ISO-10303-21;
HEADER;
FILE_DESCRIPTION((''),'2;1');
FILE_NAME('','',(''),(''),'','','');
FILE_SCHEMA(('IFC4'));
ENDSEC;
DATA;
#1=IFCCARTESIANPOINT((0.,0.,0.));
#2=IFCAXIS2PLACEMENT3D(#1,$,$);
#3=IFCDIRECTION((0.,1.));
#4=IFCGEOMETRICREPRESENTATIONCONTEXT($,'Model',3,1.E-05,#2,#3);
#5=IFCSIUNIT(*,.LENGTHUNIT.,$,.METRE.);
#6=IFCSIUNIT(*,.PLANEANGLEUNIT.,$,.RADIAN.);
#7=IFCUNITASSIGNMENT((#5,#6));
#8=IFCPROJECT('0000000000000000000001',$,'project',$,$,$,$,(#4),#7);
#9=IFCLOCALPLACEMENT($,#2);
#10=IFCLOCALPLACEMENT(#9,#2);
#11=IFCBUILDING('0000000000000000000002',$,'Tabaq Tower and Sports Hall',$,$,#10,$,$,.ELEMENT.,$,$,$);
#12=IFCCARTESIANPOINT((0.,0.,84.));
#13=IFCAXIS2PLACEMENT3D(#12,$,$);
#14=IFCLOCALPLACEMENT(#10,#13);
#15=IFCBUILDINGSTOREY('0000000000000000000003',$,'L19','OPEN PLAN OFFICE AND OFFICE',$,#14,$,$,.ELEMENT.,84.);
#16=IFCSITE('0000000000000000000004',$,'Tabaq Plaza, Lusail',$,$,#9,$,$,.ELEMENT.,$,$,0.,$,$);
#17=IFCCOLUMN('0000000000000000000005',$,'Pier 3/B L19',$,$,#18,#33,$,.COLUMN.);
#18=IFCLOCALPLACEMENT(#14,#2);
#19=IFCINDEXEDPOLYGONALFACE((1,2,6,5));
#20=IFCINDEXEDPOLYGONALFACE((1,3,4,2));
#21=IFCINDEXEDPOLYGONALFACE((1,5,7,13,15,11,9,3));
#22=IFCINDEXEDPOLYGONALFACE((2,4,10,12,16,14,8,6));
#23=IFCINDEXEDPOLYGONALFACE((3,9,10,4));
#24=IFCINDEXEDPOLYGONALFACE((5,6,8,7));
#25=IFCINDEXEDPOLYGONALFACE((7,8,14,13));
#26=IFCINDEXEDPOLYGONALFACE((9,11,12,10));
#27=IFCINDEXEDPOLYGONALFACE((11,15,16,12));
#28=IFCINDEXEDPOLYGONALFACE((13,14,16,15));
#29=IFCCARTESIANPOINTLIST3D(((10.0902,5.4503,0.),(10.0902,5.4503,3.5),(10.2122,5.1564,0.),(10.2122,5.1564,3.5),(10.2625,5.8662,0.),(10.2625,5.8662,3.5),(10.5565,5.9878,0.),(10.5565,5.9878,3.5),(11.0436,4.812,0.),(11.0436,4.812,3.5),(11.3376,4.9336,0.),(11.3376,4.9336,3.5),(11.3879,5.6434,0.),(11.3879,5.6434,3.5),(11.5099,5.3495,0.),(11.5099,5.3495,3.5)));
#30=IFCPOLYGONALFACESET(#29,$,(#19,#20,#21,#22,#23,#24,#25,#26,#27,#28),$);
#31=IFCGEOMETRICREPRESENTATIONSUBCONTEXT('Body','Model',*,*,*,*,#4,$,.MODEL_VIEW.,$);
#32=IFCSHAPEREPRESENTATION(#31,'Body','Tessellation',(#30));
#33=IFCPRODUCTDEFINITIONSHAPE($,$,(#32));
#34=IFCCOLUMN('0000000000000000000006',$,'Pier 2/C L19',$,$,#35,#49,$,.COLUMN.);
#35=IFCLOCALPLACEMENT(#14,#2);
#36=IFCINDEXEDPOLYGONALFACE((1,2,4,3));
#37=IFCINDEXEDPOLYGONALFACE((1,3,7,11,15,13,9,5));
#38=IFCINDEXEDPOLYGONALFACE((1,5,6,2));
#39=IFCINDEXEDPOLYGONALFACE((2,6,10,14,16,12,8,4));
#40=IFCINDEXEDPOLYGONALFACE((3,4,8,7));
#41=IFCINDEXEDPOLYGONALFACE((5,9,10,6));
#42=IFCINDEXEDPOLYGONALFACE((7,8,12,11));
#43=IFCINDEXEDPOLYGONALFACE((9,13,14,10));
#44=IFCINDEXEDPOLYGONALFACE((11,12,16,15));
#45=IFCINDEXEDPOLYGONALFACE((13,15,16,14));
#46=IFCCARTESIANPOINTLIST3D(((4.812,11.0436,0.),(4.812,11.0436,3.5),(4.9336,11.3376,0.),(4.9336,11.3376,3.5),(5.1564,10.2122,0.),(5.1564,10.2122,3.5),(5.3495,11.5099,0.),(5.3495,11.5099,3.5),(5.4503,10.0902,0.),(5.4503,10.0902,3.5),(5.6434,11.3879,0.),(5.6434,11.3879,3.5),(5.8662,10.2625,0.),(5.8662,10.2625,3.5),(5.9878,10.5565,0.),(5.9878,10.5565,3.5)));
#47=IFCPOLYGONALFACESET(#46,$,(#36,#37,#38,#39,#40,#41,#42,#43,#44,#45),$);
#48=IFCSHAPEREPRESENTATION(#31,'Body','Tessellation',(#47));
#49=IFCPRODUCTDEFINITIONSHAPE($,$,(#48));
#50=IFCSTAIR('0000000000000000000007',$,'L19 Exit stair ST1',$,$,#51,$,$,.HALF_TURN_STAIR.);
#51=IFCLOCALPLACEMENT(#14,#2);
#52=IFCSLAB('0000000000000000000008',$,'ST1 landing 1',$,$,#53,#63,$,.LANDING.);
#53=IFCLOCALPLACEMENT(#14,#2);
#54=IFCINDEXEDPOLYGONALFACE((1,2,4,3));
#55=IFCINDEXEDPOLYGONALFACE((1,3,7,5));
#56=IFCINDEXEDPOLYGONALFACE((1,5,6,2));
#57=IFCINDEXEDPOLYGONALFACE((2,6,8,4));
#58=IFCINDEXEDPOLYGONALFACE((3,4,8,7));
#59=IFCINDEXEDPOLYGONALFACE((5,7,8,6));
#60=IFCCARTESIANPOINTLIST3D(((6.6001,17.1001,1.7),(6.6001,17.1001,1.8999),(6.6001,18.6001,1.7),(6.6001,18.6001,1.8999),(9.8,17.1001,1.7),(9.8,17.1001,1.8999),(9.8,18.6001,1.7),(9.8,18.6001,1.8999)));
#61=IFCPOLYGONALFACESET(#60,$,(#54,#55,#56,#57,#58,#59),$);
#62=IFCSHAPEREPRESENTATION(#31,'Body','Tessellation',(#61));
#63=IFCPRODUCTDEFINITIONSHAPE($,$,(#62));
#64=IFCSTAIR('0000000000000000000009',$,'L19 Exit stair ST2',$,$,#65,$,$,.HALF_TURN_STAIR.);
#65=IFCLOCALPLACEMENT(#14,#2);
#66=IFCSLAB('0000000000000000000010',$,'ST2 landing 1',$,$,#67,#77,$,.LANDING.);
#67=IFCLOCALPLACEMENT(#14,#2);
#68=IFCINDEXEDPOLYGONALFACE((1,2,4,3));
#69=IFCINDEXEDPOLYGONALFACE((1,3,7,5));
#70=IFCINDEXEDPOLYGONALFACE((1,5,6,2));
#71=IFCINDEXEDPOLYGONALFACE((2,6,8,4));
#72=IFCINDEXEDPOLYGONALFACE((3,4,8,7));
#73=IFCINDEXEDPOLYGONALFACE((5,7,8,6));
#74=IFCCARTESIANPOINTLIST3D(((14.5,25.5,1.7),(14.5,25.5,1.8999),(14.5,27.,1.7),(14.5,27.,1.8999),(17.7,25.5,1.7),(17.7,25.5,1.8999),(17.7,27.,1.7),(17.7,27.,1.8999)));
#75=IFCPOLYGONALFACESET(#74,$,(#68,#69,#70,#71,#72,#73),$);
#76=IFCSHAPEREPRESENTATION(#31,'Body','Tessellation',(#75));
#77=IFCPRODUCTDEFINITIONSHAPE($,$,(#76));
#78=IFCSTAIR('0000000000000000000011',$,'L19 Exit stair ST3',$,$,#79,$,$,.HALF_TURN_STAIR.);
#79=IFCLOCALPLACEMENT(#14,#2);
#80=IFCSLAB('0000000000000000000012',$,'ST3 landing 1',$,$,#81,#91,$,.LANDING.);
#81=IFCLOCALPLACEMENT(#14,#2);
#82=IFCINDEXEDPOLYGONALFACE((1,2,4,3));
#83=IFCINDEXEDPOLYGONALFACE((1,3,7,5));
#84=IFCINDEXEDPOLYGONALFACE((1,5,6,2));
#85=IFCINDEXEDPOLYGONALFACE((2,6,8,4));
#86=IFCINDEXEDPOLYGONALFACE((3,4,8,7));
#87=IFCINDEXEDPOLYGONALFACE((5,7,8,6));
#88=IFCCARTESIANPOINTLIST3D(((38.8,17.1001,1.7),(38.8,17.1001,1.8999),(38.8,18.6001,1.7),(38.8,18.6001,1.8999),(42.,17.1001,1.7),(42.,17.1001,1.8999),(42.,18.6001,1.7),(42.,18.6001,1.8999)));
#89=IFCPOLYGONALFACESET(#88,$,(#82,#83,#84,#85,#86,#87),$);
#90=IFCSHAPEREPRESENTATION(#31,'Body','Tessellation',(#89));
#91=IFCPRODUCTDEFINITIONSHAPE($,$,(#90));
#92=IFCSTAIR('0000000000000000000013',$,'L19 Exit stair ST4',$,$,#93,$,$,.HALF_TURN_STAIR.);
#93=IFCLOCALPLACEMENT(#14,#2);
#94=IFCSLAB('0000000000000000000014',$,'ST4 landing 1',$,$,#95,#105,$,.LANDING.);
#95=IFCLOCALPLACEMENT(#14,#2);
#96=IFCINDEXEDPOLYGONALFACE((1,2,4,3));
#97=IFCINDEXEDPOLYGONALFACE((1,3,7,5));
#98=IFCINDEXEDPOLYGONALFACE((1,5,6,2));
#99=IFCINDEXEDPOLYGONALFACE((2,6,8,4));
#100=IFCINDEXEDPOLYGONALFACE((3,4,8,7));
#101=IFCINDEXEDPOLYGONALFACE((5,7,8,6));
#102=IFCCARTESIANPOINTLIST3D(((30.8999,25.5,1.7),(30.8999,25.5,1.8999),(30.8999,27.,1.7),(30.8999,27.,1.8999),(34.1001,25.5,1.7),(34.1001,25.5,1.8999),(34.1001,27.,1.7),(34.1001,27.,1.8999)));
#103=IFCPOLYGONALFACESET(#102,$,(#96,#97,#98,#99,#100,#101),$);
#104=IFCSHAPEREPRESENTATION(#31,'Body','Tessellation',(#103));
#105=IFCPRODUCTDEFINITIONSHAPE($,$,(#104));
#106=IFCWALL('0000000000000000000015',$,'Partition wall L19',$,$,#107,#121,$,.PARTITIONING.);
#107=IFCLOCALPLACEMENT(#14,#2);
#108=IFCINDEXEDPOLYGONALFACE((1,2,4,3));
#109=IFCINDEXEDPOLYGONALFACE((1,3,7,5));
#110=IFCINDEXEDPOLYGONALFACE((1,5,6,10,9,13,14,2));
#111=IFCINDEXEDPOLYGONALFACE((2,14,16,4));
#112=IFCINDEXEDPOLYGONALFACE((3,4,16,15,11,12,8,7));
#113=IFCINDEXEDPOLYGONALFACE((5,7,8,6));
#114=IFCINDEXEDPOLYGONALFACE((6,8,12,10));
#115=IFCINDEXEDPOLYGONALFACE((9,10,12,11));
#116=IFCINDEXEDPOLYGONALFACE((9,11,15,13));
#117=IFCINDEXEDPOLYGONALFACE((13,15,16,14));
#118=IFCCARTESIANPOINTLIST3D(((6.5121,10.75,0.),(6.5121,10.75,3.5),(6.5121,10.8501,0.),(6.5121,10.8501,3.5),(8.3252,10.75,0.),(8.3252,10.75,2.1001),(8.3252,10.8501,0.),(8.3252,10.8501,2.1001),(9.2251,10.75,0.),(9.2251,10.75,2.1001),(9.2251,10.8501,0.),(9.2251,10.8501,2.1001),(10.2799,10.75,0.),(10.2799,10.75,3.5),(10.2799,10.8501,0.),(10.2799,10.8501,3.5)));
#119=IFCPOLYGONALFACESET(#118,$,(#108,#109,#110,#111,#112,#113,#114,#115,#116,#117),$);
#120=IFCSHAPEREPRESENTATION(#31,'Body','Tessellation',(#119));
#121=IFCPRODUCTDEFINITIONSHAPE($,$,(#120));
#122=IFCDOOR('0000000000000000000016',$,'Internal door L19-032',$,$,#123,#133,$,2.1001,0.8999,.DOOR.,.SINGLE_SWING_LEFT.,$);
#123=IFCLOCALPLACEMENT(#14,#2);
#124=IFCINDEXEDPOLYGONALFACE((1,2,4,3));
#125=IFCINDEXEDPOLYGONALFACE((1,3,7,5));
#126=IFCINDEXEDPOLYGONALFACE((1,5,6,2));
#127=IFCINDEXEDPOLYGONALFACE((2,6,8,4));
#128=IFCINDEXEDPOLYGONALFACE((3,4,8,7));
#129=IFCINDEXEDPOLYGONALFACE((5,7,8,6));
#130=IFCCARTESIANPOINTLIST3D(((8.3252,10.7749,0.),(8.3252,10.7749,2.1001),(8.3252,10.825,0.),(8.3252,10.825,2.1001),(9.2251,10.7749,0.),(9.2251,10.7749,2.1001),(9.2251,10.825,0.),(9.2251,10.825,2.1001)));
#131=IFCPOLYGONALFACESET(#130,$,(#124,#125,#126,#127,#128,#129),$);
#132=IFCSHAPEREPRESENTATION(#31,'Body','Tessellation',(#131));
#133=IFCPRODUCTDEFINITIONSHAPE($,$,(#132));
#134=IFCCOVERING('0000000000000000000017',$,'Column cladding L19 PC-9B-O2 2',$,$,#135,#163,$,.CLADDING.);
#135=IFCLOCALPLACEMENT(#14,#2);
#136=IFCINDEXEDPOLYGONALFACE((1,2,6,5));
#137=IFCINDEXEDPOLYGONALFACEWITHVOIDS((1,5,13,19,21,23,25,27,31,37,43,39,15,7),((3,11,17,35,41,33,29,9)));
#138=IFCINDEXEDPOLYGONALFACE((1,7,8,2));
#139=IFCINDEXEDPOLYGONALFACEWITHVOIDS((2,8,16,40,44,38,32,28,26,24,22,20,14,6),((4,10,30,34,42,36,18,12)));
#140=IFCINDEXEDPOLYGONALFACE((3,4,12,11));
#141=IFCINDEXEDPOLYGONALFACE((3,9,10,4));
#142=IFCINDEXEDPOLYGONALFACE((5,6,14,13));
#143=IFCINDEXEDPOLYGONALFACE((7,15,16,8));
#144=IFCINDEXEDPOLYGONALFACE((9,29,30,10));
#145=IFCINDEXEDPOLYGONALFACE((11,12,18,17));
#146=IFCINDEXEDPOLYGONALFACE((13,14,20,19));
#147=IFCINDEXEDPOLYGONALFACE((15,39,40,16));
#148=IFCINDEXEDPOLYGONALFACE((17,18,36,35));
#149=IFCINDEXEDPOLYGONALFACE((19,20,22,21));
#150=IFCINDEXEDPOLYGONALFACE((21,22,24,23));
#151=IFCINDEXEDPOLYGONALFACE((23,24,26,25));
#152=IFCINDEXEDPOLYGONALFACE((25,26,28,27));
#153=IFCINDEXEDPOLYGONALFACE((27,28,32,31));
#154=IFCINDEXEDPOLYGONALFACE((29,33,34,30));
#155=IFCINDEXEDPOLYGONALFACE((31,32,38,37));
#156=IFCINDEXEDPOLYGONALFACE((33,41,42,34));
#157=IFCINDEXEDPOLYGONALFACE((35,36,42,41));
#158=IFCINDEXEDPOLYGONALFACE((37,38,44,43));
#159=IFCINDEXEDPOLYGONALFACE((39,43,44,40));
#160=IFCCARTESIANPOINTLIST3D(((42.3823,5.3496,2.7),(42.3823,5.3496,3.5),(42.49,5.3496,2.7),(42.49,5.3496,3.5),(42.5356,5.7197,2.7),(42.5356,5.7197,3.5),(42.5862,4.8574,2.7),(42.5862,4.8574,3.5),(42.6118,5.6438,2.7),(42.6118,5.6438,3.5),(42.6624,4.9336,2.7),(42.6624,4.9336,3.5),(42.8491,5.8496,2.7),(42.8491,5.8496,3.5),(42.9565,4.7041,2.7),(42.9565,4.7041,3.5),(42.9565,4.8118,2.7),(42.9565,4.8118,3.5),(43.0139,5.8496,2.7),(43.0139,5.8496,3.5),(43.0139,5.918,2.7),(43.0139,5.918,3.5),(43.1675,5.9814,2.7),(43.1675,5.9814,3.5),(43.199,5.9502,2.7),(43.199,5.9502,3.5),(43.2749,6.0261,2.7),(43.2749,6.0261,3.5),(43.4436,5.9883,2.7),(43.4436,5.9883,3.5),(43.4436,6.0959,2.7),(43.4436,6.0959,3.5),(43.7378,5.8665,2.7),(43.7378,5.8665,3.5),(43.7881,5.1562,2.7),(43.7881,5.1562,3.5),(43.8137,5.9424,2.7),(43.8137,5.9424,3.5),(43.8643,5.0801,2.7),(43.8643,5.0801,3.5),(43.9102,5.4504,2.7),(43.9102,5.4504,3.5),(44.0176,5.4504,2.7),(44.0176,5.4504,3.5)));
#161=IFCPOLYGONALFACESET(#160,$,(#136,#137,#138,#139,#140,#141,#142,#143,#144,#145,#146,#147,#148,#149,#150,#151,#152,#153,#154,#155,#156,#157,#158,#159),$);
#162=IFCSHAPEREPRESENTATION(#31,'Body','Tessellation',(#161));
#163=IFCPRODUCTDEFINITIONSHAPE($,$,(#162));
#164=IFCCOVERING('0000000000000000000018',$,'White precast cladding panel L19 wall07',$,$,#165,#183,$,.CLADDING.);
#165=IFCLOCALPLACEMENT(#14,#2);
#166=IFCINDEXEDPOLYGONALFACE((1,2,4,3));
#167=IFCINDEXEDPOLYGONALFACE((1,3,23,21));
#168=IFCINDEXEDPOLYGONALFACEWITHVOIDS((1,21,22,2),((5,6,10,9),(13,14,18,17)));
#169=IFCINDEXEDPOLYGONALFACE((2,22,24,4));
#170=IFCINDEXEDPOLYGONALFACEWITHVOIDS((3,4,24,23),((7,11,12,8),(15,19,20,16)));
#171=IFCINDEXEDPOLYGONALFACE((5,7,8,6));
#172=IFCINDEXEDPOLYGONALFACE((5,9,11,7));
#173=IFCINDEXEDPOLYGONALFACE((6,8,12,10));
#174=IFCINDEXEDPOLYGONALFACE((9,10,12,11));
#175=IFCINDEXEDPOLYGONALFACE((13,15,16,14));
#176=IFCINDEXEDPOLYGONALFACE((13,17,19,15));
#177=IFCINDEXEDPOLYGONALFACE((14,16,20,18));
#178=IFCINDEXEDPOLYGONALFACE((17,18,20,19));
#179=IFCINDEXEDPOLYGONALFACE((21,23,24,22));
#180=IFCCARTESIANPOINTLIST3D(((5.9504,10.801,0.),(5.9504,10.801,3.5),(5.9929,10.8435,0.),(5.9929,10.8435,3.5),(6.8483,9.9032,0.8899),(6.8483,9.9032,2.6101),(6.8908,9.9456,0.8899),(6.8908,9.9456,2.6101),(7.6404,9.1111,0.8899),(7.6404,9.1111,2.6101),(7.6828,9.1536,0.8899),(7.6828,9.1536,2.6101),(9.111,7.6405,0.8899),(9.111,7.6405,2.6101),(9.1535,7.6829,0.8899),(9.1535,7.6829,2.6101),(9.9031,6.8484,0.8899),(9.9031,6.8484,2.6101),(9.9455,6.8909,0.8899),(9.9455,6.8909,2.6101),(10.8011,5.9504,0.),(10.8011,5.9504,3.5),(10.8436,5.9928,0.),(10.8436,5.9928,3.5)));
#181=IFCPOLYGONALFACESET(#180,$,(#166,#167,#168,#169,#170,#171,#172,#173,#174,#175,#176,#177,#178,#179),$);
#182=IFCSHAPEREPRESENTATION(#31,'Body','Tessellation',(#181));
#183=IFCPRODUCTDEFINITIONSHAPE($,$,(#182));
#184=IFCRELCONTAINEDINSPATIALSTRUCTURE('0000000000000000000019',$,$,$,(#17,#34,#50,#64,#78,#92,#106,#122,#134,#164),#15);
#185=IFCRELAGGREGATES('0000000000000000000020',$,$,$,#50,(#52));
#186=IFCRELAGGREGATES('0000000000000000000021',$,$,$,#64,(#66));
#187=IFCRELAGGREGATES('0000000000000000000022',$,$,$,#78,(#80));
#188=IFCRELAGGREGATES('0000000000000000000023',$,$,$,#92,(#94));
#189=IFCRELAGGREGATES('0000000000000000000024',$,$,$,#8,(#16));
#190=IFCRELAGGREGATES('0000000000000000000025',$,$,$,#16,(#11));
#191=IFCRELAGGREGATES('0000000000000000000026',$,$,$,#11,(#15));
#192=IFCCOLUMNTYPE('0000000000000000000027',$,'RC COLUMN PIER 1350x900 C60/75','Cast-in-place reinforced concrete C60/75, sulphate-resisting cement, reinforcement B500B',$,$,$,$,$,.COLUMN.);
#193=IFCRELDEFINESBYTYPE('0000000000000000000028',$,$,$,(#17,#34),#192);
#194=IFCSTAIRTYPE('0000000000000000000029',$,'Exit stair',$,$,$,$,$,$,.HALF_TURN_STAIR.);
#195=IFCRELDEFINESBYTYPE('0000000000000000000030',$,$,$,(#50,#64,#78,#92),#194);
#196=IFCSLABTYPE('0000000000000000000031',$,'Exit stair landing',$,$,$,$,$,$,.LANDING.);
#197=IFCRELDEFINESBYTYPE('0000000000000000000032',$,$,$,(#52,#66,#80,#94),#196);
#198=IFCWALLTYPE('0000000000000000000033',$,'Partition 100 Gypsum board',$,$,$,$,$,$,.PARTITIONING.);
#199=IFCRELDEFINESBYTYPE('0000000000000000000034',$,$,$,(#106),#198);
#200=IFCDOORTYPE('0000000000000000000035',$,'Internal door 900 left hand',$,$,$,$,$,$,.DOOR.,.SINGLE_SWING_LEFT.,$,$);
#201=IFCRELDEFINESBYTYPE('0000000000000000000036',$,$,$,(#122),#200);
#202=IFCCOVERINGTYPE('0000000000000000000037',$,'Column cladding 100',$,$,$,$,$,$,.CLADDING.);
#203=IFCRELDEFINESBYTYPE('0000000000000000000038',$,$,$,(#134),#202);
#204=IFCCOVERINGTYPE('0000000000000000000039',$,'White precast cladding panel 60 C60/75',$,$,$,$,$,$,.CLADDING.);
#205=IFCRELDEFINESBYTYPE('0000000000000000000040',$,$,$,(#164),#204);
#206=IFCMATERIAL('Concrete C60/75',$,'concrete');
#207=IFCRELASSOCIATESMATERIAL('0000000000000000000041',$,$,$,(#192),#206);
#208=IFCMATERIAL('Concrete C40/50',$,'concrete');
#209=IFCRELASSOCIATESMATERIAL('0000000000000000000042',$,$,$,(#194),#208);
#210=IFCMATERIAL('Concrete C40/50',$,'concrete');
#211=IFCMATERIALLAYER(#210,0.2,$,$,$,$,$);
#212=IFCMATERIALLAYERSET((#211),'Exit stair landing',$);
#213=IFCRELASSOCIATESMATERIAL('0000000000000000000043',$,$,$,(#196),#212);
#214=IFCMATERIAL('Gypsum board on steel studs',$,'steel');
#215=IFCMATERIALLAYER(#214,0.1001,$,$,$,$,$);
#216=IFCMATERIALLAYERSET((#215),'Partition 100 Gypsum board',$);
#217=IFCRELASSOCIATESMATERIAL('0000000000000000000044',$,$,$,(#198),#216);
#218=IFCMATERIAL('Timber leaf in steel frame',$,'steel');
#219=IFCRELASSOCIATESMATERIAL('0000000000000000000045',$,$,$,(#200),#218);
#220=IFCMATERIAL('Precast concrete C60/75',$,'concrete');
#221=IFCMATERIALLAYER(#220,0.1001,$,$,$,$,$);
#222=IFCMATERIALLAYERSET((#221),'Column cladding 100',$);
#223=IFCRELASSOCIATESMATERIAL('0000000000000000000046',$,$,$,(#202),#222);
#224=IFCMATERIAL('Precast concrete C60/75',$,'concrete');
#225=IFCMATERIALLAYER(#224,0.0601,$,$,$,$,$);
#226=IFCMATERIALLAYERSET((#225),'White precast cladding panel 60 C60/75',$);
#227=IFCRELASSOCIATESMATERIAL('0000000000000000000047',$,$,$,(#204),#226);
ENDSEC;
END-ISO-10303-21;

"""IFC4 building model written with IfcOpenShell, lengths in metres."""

from ifc_helpers import new_model, si_unit, direction, frame, frame_2d, origin, place, context, subcontext, project, spatial, polyline, rectangle, outline, extrude, material, layer, layer_set, material_profile, profile_set, type_object, element, fill, aggregate, save


model = new_model("IFC4")

# Units and contexts
model_context = context("Model", 3, precision=1e-05, world=origin(), true_north=direction((0.0, 1.0)))
body_context = subcontext(model_context, "Body", "Model", "MODEL_VIEW")
ifc_project = project(units=[si_unit("LENGTHUNIT", "METRE"), si_unit("PLANEANGLEUNIT", "RADIAN")], contexts=[model_context])

# Site, building, storey
site_placement = place(None, origin())
site = spatial("IfcSite", under=ifc_project, at=site_placement, Name="Tabaq Plaza, Lusail", CompositionType="ELEMENT", RefElevation=0.0)
building_placement = place(site_placement, origin())
building = spatial("IfcBuilding", under=site, at=building_placement, Name="Tabaq Tower and Sports Hall", CompositionType="ELEMENT")
storey_placement = place(building_placement, frame((0.0, 0.0, 84.0)))
storey = spatial("IfcBuildingStorey", under=building, at=storey_placement, Name="L19", Description="OPEN PLAN OFFICE AND OFFICE", CompositionType="ELEMENT", Elevation=84.0)

# Columns
ifc_material_1 = material(Name="Concrete C60/75", Category="concrete")
ifc_material_profile = material_profile(ifc_material_1, outline(polyline([(-0.45, -0.45), (0.45, -0.45), (0.675, -0.2251), (0.675, 0.2251), (0.45, 0.45), (-0.45, 0.45), (-0.675, 0.2251), (-0.675, -0.2251), (-0.45, -0.45)])), Name="PIER 1350x900")
ifc_profile_set = profile_set([ifc_material_profile], Name="Concrete C60/75")
column_type = type_object("IfcColumnType", Name="RC COLUMN PIER 1350x900 C60/75", Description="Cast-in-place reinforced concrete C60/75, sulphate-resisting cement, reinforcement B500B", PredefinedType="COLUMN", material=ifc_profile_set)
for number, where, z_axis, x_axis, name in (
    (1, (10.8, 5.3999, 0.0), (0.0, 0.0, 1.0), (-0.92388, 0.382683, 0.0), "Pier 3/B L19"),
    (2, (5.3999, 10.8, 0.0), (0.0, 0.0, 1.0), (-0.382683, 0.92388, 0.0), "Pier 2/C L19"),
):
    element("IfcColumn", number, at=place(storey_placement, frame(where, z_axis=z_axis, x_axis=x_axis)), inside=storey, type_object=column_type, Name=name, PredefinedType="COLUMN", context=body_context, shape_type="SweptSolid", body=[
        extrude(outline(polyline([(-0.45, -0.45), (0.45, -0.45), (0.675, -0.2251), (0.675, 0.2251), (0.45, 0.45), (-0.45, 0.45), (-0.675, 0.2251), (-0.675, -0.2251), (-0.45, -0.45)])), origin(), (0.0, 0.0, 1.0), 3.5),
    ])

# Stairs, slabs
ifc_material_2 = material(Name="Concrete C40/50", Category="concrete")
stair_type = type_object("IfcStairType", Name="Exit stair", PredefinedType="HALF_TURN_STAIR", material=ifc_material_2)
stair_1_placement = place(storey_placement, origin())
stair_1 = element("IfcStair", 3, at=stair_1_placement, inside=storey, type_object=stair_type, Name="L19 Exit stair ST1", PredefinedType="HALF_TURN_STAIR")
ifc_material_3 = material(Name="Concrete C40/50", Category="concrete")
ifc_layer_1 = layer(ifc_material_3, 0.2)
ifc_layer_set_1 = layer_set([ifc_layer_1], Name="Exit stair landing")
slab_type = type_object("IfcSlabType", Name="Exit stair landing", PredefinedType="LANDING", material=ifc_layer_set_1)
slab_1_placement = place(storey_placement, frame((0.0, 0.0, 1.7)))
slab_1 = element("IfcSlab", 4, at=slab_1_placement, type_object=slab_type, Name="ST1 landing 1", PredefinedType="LANDING", context=body_context, shape_type="SweptSolid", body=[
    extrude(outline(polyline([(6.6001, 18.6001), (6.6001, 17.1001), (9.8, 17.1001), (9.8, 18.6001), (6.6001, 18.6001)])), origin(), (0.0, 0.0, 1.0), 0.2),
])
aggregate(stair_1, [slab_1])
stair_2_placement = place(storey_placement, origin())
stair_2 = element("IfcStair", 5, at=stair_2_placement, inside=storey, type_object=stair_type, Name="L19 Exit stair ST2", PredefinedType="HALF_TURN_STAIR")
slab_2_placement = place(storey_placement, frame((0.0, 0.0, 1.7)))
slab_2 = element("IfcSlab", 6, at=slab_2_placement, type_object=slab_type, Name="ST2 landing 1", PredefinedType="LANDING", context=body_context, shape_type="SweptSolid", body=[
    extrude(outline(polyline([(14.5, 27.0), (14.5, 25.5), (17.7, 25.5), (17.7, 27.0), (14.5, 27.0)])), origin(), (0.0, 0.0, 1.0), 0.2),
])
aggregate(stair_2, [slab_2])
stair_3_placement = place(storey_placement, origin())
stair_3 = element("IfcStair", 7, at=stair_3_placement, inside=storey, type_object=stair_type, Name="L19 Exit stair ST3", PredefinedType="HALF_TURN_STAIR")
slab_3_placement = place(storey_placement, frame((0.0, 0.0, 1.7)))
slab_3 = element("IfcSlab", 8, at=slab_3_placement, type_object=slab_type, Name="ST3 landing 1", PredefinedType="LANDING", context=body_context, shape_type="SweptSolid", body=[
    extrude(outline(polyline([(38.8, 18.6001), (38.8, 17.1001), (42.0, 17.1001), (42.0, 18.6001), (38.8, 18.6001)])), origin(), (0.0, 0.0, 1.0), 0.2),
])
aggregate(stair_3, [slab_3])
stair_4_placement = place(storey_placement, origin())
stair_4 = element("IfcStair", 9, at=stair_4_placement, inside=storey, type_object=stair_type, Name="L19 Exit stair ST4", PredefinedType="HALF_TURN_STAIR")
slab_4_placement = place(storey_placement, frame((0.0, 0.0, 1.7)))
slab_4 = element("IfcSlab", 10, at=slab_4_placement, type_object=slab_type, Name="ST4 landing 1", PredefinedType="LANDING", context=body_context, shape_type="SweptSolid", body=[
    extrude(outline(polyline([(30.8999, 27.0), (30.8999, 25.5), (34.1001, 25.5), (34.1001, 27.0), (30.8999, 27.0)])), origin(), (0.0, 0.0, 1.0), 0.2),
])
aggregate(stair_4, [slab_4])

# Wall, opening, door
ifc_material_4 = material(Name="Gypsum board on steel studs", Category="steel")
ifc_layer_2 = layer(ifc_material_4, 0.1001)
ifc_layer_set_2 = layer_set([ifc_layer_2], Name="Partition 100 Gypsum board")
wall_type = type_object("IfcWallType", Name="Partition 100 Gypsum board", PredefinedType="PARTITIONING", material=ifc_layer_set_2)
wall_placement = place(storey_placement, frame((6.5122, 10.8, 0.0), z_axis=(0.0, 0.0, 1.0), x_axis=(1.0, 0.0, 0.0)))
wall = element("IfcWall", 11, at=wall_placement, inside=storey, type_object=wall_type, Name="Partition wall L19", PredefinedType="PARTITIONING", context=body_context, shape_type="SweptSolid", body=[
    extrude(rectangle(XDim=3.7678, YDim=0.1001, at=frame_2d((1.8838, 0.0))), origin(), (0.0, 0.0, 1.0), 3.5),
])
opening_placement = place(wall_placement, frame((1.813, 0.0, 0.0)))
opening = element("IfcOpeningElement", 12, at=opening_placement, cuts=wall, PredefinedType="OPENING", context=body_context, shape_type="SweptSolid", body=[
    extrude(rectangle(XDim=0.8999, YDim=2.1001, at=frame_2d((0.45, 1.05))), frame((0.0, 0.05, 0.0), z_axis=(0.0, -1.0, 0.0), x_axis=(1.0, 0.0, 0.0)), (0.0, 0.0, 1.0), 0.1001),
])
ifc_material_5 = material(Name="Timber leaf in steel frame", Category="steel")
door_type = type_object("IfcDoorType", Name="Internal door 900 left hand", OperationType="SINGLE_SWING_LEFT", PredefinedType="DOOR", material=ifc_material_5)
door_placement = place(opening_placement, origin())
door = element("IfcDoor", 13, at=door_placement, inside=storey, type_object=door_type, Name="Internal door L19-032", OperationType="SINGLE_SWING_LEFT", OverallHeight=2.1001, OverallWidth=0.8999, PredefinedType="DOOR", context=body_context, shape_type="SweptSolid", body=[
    extrude(rectangle(XDim=0.8999, YDim=2.1001, at=frame_2d((0.45, 1.05))), frame((0.0, 0.0249, 0.0), z_axis=(0.0, -1.0, 0.0), x_axis=(1.0, 0.0, 0.0)), (0.0, 0.0, 1.0), 0.05),
])
fill(opening, door)

# Coverings
ifc_material_6 = material(Name="Precast concrete C60/75", Category="concrete")
ifc_layer_3 = layer(ifc_material_6, 0.1001)
ifc_layer_set_3 = layer_set([ifc_layer_3], Name="Column cladding 100")
covering_type_1 = type_object("IfcCoveringType", Name="Column cladding 100", PredefinedType="CLADDING", material=ifc_layer_set_3)
covering_1_placement = place(storey_placement, frame((0.0, 0.0, 2.7)))
element("IfcCovering", 14, at=covering_1_placement, inside=storey, type_object=covering_type_1, Name="Column cladding L19 PC-9B-O2 2", PredefinedType="CLADDING", context=body_context, shape_type="SweptSolid", body=[
    extrude(outline(polyline([(42.3823, 5.3496), (42.5356, 5.7197), (42.8491, 5.8496), (43.0139, 5.8496), (43.0139, 5.918), (43.1675, 5.9814), (43.199, 5.9502), (43.2749, 6.0261), (43.4436, 6.0959), (43.8137, 5.9424), (44.0176, 5.4504), (43.8643, 5.0801), (42.9565, 4.7041), (42.5862, 4.8574), (42.3823, 5.3496)]), holes=[polyline([(43.9102, 5.4504), (43.7378, 5.8665), (43.4436, 5.9883), (42.6118, 5.6438), (42.49, 5.3496), (42.6624, 4.9336), (42.9565, 4.8118), (43.7881, 5.1562), (43.9102, 5.4504)])]), origin(), (0.0, 0.0, 1.0), 0.8),
])
ifc_material_7 = material(Name="Precast concrete C60/75", Category="concrete")
ifc_layer_4 = layer(ifc_material_7, 0.0601)
ifc_layer_set_4 = layer_set([ifc_layer_4], Name="White precast cladding panel 60 C60/75")
covering_type_2 = type_object("IfcCoveringType", Name="White precast cladding panel 60 C60/75", PredefinedType="CLADDING", material=ifc_layer_set_4)
covering_2_placement = place(storey_placement, frame((5.9717, 10.8223, 0.0), z_axis=(0.0, 0.0, 1.0), x_axis=(0.707107, -0.707107, 0.0)))
element("IfcCovering", 15, at=covering_2_placement, inside=storey, type_object=covering_type_2, Name="White precast cladding panel L19 wall07", PredefinedType="CLADDING", context=body_context, shape_type="SweptSolid", body=[
    extrude(outline(polyline([(0.0, 0.0), (6.8599, 0.0), (6.8599, 3.5), (0.0, 3.5), (0.0, 0.0)]), holes=[polyline([(1.2698, 2.6101), (2.3899, 2.6101), (2.3899, 0.8899), (1.2698, 0.8899), (1.2698, 2.6101)]), polyline([(4.4697, 2.6101), (5.5898, 2.6101), (5.5898, 0.8899), (4.4697, 0.8899), (4.4697, 2.6101)])]), frame((0.0, 0.03, 0.0), z_axis=(0.0, -1.0, 0.0), x_axis=(1.0, 0.0, 0.0)), (0.0, 0.0, 1.0), 0.0601),
])

save(model, "model.ifc")
